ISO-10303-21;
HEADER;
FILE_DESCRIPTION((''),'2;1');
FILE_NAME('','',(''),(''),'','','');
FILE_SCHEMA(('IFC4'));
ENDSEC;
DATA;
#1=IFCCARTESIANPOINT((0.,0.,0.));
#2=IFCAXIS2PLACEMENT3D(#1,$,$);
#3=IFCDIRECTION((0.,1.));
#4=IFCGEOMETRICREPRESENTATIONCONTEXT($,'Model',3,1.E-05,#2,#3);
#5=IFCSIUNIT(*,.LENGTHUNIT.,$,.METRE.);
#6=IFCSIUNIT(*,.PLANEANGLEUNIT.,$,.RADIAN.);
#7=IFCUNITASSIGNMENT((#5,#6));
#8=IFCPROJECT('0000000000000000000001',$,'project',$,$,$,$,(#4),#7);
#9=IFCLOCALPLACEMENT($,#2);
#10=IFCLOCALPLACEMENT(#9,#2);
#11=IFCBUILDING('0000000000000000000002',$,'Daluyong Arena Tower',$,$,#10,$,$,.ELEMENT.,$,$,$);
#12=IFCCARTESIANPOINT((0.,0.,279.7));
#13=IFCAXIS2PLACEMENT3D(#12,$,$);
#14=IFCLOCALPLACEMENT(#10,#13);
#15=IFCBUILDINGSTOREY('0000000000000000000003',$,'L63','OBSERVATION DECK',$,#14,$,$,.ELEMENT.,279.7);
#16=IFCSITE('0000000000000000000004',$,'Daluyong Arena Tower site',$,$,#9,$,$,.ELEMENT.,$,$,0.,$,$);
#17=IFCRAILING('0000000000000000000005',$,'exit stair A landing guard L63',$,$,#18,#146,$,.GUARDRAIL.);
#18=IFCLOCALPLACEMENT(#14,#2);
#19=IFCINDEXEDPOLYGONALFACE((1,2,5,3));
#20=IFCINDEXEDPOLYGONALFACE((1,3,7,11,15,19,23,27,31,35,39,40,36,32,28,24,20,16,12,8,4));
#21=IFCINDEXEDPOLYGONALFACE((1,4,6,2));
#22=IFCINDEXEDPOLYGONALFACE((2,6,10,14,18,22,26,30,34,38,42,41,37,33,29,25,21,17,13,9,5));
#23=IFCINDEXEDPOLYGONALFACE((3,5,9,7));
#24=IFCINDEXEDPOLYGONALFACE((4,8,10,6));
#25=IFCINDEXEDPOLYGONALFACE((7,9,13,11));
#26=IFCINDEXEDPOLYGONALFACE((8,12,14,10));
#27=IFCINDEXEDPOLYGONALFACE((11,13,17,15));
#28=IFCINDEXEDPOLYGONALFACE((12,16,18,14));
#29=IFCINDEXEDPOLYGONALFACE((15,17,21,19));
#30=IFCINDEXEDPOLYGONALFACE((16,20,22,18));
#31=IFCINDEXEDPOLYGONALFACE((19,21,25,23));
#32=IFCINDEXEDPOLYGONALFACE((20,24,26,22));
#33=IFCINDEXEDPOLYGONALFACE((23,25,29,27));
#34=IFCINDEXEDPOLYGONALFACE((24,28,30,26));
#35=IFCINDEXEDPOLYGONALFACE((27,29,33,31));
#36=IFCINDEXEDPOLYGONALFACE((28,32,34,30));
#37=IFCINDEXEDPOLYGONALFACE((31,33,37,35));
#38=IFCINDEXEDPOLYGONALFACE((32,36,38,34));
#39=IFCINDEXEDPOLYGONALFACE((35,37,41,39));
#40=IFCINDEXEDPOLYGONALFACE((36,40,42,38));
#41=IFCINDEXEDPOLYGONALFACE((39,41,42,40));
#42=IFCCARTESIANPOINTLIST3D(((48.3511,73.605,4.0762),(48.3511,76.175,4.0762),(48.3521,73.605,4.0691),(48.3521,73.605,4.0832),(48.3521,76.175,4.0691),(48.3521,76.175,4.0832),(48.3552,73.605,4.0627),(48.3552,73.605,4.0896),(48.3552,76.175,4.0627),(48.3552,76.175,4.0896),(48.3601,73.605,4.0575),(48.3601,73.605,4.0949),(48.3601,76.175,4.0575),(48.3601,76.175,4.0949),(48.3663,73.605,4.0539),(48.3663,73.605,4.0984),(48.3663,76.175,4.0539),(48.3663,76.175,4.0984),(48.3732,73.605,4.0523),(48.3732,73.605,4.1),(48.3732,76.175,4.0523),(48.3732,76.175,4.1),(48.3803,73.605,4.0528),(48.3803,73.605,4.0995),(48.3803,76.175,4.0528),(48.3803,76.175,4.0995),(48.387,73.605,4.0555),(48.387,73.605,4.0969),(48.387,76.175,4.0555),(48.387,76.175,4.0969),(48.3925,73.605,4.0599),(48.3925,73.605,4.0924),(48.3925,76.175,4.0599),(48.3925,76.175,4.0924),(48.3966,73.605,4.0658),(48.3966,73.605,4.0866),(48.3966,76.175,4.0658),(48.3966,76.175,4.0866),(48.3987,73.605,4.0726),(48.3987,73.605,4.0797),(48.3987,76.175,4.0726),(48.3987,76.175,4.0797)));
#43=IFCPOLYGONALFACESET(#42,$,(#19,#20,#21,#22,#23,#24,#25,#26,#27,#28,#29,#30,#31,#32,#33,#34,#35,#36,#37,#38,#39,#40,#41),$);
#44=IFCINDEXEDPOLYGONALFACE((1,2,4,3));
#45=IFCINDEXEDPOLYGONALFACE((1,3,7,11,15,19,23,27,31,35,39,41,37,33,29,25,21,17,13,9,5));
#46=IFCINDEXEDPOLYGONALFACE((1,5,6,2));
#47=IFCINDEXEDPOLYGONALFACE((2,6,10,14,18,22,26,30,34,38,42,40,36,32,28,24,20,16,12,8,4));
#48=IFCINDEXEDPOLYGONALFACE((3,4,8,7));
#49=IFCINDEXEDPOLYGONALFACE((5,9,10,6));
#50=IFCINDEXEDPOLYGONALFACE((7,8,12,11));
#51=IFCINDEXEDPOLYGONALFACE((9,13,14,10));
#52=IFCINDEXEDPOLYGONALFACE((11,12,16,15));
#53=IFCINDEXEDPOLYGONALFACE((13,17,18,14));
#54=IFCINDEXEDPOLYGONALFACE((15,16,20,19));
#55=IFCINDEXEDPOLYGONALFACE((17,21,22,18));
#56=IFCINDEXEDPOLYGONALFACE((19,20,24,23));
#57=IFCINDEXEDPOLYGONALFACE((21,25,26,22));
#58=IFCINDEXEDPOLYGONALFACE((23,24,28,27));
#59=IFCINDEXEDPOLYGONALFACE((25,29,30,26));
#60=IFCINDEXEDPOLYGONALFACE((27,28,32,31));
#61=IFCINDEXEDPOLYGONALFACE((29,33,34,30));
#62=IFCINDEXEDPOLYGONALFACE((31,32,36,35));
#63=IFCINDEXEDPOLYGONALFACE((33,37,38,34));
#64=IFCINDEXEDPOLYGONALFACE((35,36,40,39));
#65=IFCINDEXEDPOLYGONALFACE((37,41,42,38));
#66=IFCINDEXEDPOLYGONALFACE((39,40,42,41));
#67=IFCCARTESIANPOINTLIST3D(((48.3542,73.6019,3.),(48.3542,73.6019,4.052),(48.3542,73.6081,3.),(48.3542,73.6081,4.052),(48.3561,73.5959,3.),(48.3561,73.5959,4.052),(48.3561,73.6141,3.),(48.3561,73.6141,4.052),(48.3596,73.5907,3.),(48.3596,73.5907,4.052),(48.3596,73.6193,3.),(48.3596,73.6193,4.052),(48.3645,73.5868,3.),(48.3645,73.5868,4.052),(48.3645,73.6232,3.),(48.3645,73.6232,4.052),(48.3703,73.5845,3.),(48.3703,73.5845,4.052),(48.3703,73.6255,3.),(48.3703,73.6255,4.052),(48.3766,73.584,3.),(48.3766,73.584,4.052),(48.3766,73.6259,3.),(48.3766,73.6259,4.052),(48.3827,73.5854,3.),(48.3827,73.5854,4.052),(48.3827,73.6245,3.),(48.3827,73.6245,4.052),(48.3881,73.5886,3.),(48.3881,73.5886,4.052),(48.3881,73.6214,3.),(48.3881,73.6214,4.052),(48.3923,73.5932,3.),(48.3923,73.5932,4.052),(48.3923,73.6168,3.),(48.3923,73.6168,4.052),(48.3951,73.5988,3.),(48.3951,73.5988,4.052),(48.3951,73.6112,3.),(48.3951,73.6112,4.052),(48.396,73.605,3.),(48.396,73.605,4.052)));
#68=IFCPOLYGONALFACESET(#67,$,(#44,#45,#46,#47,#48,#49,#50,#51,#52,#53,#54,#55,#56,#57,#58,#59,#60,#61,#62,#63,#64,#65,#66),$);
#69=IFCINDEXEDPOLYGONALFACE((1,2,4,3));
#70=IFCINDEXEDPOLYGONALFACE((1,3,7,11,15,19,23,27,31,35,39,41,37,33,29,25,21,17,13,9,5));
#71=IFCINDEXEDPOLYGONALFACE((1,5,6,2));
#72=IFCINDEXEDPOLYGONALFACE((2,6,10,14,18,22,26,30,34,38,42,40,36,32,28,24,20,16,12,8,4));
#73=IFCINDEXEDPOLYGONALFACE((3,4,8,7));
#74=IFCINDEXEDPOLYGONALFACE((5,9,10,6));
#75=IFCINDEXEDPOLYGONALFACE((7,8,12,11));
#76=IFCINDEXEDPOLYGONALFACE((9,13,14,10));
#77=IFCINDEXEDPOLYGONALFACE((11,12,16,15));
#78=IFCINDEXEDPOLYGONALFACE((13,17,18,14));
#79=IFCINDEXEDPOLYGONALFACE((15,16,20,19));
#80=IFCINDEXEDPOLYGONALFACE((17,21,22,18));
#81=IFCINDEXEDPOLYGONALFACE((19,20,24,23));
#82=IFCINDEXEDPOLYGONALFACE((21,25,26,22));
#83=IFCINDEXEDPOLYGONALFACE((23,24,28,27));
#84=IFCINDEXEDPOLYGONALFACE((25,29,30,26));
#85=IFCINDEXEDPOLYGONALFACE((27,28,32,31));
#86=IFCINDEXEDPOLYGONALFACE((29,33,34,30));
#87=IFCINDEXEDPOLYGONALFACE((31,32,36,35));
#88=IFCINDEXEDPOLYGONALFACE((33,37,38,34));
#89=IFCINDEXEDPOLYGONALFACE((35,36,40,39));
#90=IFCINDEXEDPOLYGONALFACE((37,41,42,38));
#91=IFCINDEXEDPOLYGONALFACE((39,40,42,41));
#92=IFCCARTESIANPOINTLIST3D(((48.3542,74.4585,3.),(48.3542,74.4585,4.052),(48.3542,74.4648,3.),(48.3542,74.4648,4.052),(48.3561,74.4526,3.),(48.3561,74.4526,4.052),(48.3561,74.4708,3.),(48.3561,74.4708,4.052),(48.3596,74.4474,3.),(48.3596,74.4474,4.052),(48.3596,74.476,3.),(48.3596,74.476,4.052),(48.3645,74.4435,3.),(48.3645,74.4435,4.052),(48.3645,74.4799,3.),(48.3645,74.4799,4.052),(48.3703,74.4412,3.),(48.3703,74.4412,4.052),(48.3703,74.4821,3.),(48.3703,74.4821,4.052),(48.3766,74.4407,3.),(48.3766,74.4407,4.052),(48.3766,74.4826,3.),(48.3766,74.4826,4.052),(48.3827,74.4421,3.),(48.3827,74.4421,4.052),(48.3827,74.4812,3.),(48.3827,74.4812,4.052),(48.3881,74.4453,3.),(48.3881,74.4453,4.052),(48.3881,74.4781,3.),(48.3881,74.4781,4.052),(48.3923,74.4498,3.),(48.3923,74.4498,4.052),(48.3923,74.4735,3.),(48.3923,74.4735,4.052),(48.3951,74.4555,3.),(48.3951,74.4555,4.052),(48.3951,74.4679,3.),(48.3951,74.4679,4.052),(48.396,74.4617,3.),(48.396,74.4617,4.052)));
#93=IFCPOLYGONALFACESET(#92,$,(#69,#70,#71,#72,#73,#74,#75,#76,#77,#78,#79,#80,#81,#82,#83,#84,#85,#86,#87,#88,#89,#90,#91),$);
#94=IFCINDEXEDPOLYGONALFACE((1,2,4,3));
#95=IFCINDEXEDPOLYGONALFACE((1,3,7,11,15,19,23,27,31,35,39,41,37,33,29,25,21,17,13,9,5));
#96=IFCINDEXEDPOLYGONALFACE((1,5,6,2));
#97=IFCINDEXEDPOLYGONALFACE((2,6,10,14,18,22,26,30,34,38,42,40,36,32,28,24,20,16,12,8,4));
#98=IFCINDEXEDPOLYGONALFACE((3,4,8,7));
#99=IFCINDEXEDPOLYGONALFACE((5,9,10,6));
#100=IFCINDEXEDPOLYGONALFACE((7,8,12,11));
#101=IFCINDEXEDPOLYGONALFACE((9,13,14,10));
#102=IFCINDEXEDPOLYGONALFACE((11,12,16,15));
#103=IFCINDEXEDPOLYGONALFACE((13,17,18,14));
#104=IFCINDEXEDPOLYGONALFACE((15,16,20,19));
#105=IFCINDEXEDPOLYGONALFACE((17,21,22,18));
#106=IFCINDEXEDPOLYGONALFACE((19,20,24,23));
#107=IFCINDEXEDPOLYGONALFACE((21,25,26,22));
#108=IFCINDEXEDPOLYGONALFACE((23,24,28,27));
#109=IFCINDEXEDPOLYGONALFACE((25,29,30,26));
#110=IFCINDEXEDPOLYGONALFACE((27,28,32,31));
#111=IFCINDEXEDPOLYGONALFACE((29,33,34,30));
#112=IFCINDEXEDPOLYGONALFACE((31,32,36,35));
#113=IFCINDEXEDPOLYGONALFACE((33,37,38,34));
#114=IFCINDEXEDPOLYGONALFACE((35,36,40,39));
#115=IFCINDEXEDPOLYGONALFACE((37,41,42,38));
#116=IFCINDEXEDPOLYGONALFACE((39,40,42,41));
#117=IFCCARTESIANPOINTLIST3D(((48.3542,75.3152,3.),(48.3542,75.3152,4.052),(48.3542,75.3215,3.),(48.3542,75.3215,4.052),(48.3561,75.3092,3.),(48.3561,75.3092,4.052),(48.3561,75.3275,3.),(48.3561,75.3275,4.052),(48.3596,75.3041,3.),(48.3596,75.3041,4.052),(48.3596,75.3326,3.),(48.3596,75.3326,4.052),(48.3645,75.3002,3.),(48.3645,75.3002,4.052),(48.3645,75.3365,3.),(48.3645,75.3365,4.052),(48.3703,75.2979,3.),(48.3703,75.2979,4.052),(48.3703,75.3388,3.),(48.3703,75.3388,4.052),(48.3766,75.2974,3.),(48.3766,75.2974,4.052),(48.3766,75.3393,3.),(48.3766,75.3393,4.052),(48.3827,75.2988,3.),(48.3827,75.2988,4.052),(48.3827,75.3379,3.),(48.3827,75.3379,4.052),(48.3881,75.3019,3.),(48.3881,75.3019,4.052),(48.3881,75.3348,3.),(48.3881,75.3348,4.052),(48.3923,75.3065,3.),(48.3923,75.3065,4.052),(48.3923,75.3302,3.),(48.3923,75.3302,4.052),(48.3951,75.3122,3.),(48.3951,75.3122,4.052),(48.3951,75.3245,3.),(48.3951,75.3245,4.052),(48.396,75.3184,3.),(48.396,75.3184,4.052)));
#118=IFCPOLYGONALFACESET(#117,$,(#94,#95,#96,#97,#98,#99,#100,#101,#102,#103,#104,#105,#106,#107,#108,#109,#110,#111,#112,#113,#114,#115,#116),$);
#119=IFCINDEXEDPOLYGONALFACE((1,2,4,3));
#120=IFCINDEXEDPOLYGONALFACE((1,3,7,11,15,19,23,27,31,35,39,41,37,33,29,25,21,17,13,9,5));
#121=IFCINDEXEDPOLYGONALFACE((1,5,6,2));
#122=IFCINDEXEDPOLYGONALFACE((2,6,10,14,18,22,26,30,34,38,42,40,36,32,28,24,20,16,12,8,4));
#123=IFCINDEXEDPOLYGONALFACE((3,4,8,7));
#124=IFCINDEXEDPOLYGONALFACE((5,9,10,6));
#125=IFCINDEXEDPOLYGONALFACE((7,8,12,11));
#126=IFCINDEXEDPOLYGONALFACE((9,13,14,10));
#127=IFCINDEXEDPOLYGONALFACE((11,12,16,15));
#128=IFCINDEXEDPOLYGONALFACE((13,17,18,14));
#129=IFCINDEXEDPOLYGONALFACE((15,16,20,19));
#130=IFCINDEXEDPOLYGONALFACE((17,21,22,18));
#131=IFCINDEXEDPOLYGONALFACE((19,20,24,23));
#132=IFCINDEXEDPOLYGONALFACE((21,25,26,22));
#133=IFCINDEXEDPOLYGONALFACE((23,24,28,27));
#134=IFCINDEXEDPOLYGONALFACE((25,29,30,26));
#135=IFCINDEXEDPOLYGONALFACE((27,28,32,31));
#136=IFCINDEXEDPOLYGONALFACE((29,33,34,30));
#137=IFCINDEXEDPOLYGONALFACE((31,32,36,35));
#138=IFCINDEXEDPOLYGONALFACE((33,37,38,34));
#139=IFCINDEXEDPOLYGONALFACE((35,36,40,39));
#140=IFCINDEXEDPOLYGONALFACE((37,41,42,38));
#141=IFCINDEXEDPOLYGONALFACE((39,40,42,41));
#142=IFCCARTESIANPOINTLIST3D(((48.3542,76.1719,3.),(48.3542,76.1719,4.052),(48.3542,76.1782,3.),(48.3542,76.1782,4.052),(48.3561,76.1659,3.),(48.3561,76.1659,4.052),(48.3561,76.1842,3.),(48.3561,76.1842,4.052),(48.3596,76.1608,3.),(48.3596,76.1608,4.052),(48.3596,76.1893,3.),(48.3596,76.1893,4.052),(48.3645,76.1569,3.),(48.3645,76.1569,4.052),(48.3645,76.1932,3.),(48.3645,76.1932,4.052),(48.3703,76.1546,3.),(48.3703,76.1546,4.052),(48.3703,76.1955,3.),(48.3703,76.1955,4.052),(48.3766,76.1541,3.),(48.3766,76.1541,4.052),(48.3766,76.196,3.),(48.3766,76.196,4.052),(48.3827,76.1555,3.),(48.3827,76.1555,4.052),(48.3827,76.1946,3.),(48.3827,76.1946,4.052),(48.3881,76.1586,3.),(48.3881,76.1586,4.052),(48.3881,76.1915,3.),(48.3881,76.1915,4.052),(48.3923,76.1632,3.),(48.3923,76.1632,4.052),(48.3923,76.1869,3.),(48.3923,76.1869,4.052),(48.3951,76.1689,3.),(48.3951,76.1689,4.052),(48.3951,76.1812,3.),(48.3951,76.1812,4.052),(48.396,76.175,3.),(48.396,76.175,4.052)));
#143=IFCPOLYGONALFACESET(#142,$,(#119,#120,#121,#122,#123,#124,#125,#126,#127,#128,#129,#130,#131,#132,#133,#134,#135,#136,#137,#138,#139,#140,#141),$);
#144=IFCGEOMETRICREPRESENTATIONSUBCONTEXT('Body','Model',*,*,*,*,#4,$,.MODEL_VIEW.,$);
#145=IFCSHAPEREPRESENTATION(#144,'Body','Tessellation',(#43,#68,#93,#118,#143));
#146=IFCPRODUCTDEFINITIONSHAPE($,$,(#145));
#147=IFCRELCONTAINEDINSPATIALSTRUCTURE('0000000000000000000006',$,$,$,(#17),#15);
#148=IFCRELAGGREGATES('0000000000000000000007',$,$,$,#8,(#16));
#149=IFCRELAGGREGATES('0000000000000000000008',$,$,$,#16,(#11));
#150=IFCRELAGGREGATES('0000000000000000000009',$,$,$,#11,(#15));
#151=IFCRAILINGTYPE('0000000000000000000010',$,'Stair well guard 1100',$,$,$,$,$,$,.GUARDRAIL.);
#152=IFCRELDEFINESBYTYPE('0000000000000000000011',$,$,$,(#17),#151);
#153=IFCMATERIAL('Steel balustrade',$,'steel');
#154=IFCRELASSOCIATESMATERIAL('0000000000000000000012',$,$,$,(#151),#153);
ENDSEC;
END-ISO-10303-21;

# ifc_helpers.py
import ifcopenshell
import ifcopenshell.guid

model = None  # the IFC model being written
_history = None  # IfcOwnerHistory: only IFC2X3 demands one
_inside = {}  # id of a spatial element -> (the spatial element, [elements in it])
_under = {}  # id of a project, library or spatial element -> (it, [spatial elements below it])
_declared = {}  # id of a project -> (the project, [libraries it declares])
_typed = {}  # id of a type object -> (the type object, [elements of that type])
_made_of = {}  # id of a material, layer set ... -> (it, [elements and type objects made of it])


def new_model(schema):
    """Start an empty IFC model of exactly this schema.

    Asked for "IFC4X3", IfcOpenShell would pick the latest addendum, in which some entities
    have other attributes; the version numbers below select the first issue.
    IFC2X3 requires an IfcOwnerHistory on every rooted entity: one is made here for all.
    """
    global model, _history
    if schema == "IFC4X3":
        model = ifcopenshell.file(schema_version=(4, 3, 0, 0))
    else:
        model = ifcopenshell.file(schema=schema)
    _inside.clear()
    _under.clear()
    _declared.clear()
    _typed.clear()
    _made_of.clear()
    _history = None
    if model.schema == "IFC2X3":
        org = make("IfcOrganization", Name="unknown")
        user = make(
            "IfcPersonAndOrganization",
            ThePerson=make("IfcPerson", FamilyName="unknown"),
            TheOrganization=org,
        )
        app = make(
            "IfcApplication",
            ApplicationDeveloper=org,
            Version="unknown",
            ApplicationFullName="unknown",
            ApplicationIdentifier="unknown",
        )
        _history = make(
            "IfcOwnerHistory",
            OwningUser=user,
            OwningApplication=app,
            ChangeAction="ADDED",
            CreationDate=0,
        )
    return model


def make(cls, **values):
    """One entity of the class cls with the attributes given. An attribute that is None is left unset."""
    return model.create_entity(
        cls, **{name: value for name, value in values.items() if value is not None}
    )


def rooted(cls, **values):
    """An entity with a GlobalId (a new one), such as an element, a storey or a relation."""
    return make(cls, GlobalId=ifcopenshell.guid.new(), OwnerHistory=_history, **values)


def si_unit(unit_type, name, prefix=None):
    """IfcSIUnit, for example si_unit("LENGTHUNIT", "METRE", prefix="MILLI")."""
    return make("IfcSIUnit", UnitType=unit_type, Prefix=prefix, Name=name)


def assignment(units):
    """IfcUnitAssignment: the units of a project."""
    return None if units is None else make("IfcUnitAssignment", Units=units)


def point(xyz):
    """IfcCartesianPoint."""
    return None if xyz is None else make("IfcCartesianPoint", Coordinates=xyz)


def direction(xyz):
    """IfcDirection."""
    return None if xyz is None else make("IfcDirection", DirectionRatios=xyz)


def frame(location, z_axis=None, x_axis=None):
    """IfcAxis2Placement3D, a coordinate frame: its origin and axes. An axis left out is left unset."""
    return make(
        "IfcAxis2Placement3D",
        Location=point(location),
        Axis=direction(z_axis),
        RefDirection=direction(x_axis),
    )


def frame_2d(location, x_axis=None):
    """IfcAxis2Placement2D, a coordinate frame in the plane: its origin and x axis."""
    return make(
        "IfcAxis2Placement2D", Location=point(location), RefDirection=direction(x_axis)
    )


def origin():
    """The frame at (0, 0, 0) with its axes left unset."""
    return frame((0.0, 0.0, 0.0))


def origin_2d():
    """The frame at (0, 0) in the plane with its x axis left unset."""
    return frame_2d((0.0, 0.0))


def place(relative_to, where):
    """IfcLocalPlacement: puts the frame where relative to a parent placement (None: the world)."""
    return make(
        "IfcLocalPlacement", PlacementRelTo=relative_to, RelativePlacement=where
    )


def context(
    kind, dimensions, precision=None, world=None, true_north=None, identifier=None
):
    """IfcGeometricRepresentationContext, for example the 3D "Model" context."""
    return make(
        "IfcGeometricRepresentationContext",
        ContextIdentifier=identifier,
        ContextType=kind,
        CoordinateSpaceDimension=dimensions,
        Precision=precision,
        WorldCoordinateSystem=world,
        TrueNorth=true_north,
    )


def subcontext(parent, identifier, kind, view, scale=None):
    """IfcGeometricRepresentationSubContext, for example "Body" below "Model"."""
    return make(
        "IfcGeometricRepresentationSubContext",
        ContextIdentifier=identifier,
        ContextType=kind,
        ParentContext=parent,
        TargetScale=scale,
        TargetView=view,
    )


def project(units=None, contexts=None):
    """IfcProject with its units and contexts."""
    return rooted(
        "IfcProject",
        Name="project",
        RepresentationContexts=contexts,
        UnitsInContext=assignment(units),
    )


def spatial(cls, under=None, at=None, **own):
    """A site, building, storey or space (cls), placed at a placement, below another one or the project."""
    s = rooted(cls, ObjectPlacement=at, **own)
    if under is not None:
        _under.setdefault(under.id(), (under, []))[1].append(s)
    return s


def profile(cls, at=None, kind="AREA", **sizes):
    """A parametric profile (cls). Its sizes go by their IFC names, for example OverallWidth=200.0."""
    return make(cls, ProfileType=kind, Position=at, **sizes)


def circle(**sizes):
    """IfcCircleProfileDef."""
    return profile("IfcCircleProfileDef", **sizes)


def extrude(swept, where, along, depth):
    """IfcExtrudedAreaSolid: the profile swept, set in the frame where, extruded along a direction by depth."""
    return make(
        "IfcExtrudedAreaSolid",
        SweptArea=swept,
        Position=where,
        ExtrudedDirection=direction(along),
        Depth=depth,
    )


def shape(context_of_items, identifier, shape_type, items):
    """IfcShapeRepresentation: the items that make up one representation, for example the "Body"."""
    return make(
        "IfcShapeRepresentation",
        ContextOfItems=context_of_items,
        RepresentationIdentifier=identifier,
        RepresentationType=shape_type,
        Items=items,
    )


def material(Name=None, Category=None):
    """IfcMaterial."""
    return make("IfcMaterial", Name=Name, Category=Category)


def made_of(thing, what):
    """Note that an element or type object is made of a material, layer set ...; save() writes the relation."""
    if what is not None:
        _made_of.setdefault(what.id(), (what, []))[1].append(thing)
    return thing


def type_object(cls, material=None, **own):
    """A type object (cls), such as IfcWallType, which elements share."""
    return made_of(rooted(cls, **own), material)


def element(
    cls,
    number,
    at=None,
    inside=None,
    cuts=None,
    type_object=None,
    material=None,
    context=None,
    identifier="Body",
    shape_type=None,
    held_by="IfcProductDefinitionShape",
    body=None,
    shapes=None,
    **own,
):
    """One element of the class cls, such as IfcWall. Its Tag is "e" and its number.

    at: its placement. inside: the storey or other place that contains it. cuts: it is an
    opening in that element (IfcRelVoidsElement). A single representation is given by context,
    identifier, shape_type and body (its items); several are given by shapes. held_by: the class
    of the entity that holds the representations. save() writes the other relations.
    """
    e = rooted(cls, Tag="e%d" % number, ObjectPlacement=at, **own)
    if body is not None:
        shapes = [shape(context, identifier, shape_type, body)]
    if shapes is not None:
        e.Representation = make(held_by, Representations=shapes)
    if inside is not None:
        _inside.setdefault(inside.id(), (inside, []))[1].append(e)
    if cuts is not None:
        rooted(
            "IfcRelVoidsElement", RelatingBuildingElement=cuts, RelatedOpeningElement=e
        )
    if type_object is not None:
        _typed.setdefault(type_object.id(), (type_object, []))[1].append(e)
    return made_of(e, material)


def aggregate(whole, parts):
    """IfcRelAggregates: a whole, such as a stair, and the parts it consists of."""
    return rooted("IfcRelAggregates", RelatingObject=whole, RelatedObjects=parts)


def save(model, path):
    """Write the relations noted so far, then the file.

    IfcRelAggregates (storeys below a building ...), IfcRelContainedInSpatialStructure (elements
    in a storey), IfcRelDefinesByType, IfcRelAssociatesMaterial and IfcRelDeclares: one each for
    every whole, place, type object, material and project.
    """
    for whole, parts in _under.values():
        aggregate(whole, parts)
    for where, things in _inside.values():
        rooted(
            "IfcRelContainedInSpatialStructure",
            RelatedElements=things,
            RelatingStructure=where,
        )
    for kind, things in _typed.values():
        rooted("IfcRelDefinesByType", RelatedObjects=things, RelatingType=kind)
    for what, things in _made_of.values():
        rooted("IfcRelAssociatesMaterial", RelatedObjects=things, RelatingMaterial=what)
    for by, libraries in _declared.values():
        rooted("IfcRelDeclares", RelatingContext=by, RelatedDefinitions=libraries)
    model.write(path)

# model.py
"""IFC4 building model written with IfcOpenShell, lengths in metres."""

from ifc_helpers import new_model, si_unit, direction, frame, origin, origin_2d, place, context, subcontext, project, spatial, circle, extrude, material, type_object, element, save


model = new_model("IFC4")

# Units and contexts
model_context = context("Model", 3, precision=1e-05, world=origin(), true_north=direction((0.0, 1.0)))
body_context = subcontext(model_context, "Body", "Model", "MODEL_VIEW")
ifc_project = project(units=[si_unit("LENGTHUNIT", "METRE"), si_unit("PLANEANGLEUNIT", "RADIAN")], contexts=[model_context])

# Site, building, storey
site_placement = place(None, origin())
site = spatial("IfcSite", under=ifc_project, at=site_placement, Name="Daluyong Arena Tower site", CompositionType="ELEMENT", RefElevation=0.0)
building_placement = place(site_placement, origin())
building = spatial("IfcBuilding", under=site, at=building_placement, Name="Daluyong Arena Tower", CompositionType="ELEMENT")
storey_placement = place(building_placement, frame((0.0, 0.0, 279.7)))
storey = spatial("IfcBuildingStorey", under=building, at=storey_placement, Name="L63", Description="OBSERVATION DECK", CompositionType="ELEMENT", Elevation=279.7)

# Railing
ifc_material_1 = material(Name="Steel balustrade", Category="steel")
railing_type_1 = type_object("IfcRailingType", Name="Stair well guard 1100", PredefinedType="GUARDRAIL", material=ifc_material_1)
railing_1_placement = place(storey_placement, frame((48.375, 73.605, 3.0)))
element("IfcRailing", 1, at=railing_1_placement, inside=storey, type_object=railing_type_1, Name="exit stair A landing guard L63", PredefinedType="GUARDRAIL", context=body_context, shape_type="SweptSolid", body=[
    extrude(circle(Radius=0.0239, at=origin_2d()), frame((0.0, 0.0, 1.0762), z_axis=(0.0, 1.0, 0.0), x_axis=(-1.0, 0.0, 0.0)), (0.0, 0.0, 1.0), 2.5701),
    extrude(circle(Radius=0.021, at=origin_2d()), origin(), (0.0, 0.0, 1.0), 1.052),
    extrude(circle(Radius=0.021, at=origin_2d()), frame((0.0, 0.8567, 0.0)), (0.0, 0.0, 1.0), 1.052),
    extrude(circle(Radius=0.021, at=origin_2d()), frame((0.0, 1.7134, 0.0)), (0.0, 0.0, 1.0), 1.052),
    extrude(circle(Radius=0.021, at=origin_2d()), frame((0.0, 2.5701, 0.0)), (0.0, 0.0, 1.0), 1.052),
])

save(model, "model.ifc")
